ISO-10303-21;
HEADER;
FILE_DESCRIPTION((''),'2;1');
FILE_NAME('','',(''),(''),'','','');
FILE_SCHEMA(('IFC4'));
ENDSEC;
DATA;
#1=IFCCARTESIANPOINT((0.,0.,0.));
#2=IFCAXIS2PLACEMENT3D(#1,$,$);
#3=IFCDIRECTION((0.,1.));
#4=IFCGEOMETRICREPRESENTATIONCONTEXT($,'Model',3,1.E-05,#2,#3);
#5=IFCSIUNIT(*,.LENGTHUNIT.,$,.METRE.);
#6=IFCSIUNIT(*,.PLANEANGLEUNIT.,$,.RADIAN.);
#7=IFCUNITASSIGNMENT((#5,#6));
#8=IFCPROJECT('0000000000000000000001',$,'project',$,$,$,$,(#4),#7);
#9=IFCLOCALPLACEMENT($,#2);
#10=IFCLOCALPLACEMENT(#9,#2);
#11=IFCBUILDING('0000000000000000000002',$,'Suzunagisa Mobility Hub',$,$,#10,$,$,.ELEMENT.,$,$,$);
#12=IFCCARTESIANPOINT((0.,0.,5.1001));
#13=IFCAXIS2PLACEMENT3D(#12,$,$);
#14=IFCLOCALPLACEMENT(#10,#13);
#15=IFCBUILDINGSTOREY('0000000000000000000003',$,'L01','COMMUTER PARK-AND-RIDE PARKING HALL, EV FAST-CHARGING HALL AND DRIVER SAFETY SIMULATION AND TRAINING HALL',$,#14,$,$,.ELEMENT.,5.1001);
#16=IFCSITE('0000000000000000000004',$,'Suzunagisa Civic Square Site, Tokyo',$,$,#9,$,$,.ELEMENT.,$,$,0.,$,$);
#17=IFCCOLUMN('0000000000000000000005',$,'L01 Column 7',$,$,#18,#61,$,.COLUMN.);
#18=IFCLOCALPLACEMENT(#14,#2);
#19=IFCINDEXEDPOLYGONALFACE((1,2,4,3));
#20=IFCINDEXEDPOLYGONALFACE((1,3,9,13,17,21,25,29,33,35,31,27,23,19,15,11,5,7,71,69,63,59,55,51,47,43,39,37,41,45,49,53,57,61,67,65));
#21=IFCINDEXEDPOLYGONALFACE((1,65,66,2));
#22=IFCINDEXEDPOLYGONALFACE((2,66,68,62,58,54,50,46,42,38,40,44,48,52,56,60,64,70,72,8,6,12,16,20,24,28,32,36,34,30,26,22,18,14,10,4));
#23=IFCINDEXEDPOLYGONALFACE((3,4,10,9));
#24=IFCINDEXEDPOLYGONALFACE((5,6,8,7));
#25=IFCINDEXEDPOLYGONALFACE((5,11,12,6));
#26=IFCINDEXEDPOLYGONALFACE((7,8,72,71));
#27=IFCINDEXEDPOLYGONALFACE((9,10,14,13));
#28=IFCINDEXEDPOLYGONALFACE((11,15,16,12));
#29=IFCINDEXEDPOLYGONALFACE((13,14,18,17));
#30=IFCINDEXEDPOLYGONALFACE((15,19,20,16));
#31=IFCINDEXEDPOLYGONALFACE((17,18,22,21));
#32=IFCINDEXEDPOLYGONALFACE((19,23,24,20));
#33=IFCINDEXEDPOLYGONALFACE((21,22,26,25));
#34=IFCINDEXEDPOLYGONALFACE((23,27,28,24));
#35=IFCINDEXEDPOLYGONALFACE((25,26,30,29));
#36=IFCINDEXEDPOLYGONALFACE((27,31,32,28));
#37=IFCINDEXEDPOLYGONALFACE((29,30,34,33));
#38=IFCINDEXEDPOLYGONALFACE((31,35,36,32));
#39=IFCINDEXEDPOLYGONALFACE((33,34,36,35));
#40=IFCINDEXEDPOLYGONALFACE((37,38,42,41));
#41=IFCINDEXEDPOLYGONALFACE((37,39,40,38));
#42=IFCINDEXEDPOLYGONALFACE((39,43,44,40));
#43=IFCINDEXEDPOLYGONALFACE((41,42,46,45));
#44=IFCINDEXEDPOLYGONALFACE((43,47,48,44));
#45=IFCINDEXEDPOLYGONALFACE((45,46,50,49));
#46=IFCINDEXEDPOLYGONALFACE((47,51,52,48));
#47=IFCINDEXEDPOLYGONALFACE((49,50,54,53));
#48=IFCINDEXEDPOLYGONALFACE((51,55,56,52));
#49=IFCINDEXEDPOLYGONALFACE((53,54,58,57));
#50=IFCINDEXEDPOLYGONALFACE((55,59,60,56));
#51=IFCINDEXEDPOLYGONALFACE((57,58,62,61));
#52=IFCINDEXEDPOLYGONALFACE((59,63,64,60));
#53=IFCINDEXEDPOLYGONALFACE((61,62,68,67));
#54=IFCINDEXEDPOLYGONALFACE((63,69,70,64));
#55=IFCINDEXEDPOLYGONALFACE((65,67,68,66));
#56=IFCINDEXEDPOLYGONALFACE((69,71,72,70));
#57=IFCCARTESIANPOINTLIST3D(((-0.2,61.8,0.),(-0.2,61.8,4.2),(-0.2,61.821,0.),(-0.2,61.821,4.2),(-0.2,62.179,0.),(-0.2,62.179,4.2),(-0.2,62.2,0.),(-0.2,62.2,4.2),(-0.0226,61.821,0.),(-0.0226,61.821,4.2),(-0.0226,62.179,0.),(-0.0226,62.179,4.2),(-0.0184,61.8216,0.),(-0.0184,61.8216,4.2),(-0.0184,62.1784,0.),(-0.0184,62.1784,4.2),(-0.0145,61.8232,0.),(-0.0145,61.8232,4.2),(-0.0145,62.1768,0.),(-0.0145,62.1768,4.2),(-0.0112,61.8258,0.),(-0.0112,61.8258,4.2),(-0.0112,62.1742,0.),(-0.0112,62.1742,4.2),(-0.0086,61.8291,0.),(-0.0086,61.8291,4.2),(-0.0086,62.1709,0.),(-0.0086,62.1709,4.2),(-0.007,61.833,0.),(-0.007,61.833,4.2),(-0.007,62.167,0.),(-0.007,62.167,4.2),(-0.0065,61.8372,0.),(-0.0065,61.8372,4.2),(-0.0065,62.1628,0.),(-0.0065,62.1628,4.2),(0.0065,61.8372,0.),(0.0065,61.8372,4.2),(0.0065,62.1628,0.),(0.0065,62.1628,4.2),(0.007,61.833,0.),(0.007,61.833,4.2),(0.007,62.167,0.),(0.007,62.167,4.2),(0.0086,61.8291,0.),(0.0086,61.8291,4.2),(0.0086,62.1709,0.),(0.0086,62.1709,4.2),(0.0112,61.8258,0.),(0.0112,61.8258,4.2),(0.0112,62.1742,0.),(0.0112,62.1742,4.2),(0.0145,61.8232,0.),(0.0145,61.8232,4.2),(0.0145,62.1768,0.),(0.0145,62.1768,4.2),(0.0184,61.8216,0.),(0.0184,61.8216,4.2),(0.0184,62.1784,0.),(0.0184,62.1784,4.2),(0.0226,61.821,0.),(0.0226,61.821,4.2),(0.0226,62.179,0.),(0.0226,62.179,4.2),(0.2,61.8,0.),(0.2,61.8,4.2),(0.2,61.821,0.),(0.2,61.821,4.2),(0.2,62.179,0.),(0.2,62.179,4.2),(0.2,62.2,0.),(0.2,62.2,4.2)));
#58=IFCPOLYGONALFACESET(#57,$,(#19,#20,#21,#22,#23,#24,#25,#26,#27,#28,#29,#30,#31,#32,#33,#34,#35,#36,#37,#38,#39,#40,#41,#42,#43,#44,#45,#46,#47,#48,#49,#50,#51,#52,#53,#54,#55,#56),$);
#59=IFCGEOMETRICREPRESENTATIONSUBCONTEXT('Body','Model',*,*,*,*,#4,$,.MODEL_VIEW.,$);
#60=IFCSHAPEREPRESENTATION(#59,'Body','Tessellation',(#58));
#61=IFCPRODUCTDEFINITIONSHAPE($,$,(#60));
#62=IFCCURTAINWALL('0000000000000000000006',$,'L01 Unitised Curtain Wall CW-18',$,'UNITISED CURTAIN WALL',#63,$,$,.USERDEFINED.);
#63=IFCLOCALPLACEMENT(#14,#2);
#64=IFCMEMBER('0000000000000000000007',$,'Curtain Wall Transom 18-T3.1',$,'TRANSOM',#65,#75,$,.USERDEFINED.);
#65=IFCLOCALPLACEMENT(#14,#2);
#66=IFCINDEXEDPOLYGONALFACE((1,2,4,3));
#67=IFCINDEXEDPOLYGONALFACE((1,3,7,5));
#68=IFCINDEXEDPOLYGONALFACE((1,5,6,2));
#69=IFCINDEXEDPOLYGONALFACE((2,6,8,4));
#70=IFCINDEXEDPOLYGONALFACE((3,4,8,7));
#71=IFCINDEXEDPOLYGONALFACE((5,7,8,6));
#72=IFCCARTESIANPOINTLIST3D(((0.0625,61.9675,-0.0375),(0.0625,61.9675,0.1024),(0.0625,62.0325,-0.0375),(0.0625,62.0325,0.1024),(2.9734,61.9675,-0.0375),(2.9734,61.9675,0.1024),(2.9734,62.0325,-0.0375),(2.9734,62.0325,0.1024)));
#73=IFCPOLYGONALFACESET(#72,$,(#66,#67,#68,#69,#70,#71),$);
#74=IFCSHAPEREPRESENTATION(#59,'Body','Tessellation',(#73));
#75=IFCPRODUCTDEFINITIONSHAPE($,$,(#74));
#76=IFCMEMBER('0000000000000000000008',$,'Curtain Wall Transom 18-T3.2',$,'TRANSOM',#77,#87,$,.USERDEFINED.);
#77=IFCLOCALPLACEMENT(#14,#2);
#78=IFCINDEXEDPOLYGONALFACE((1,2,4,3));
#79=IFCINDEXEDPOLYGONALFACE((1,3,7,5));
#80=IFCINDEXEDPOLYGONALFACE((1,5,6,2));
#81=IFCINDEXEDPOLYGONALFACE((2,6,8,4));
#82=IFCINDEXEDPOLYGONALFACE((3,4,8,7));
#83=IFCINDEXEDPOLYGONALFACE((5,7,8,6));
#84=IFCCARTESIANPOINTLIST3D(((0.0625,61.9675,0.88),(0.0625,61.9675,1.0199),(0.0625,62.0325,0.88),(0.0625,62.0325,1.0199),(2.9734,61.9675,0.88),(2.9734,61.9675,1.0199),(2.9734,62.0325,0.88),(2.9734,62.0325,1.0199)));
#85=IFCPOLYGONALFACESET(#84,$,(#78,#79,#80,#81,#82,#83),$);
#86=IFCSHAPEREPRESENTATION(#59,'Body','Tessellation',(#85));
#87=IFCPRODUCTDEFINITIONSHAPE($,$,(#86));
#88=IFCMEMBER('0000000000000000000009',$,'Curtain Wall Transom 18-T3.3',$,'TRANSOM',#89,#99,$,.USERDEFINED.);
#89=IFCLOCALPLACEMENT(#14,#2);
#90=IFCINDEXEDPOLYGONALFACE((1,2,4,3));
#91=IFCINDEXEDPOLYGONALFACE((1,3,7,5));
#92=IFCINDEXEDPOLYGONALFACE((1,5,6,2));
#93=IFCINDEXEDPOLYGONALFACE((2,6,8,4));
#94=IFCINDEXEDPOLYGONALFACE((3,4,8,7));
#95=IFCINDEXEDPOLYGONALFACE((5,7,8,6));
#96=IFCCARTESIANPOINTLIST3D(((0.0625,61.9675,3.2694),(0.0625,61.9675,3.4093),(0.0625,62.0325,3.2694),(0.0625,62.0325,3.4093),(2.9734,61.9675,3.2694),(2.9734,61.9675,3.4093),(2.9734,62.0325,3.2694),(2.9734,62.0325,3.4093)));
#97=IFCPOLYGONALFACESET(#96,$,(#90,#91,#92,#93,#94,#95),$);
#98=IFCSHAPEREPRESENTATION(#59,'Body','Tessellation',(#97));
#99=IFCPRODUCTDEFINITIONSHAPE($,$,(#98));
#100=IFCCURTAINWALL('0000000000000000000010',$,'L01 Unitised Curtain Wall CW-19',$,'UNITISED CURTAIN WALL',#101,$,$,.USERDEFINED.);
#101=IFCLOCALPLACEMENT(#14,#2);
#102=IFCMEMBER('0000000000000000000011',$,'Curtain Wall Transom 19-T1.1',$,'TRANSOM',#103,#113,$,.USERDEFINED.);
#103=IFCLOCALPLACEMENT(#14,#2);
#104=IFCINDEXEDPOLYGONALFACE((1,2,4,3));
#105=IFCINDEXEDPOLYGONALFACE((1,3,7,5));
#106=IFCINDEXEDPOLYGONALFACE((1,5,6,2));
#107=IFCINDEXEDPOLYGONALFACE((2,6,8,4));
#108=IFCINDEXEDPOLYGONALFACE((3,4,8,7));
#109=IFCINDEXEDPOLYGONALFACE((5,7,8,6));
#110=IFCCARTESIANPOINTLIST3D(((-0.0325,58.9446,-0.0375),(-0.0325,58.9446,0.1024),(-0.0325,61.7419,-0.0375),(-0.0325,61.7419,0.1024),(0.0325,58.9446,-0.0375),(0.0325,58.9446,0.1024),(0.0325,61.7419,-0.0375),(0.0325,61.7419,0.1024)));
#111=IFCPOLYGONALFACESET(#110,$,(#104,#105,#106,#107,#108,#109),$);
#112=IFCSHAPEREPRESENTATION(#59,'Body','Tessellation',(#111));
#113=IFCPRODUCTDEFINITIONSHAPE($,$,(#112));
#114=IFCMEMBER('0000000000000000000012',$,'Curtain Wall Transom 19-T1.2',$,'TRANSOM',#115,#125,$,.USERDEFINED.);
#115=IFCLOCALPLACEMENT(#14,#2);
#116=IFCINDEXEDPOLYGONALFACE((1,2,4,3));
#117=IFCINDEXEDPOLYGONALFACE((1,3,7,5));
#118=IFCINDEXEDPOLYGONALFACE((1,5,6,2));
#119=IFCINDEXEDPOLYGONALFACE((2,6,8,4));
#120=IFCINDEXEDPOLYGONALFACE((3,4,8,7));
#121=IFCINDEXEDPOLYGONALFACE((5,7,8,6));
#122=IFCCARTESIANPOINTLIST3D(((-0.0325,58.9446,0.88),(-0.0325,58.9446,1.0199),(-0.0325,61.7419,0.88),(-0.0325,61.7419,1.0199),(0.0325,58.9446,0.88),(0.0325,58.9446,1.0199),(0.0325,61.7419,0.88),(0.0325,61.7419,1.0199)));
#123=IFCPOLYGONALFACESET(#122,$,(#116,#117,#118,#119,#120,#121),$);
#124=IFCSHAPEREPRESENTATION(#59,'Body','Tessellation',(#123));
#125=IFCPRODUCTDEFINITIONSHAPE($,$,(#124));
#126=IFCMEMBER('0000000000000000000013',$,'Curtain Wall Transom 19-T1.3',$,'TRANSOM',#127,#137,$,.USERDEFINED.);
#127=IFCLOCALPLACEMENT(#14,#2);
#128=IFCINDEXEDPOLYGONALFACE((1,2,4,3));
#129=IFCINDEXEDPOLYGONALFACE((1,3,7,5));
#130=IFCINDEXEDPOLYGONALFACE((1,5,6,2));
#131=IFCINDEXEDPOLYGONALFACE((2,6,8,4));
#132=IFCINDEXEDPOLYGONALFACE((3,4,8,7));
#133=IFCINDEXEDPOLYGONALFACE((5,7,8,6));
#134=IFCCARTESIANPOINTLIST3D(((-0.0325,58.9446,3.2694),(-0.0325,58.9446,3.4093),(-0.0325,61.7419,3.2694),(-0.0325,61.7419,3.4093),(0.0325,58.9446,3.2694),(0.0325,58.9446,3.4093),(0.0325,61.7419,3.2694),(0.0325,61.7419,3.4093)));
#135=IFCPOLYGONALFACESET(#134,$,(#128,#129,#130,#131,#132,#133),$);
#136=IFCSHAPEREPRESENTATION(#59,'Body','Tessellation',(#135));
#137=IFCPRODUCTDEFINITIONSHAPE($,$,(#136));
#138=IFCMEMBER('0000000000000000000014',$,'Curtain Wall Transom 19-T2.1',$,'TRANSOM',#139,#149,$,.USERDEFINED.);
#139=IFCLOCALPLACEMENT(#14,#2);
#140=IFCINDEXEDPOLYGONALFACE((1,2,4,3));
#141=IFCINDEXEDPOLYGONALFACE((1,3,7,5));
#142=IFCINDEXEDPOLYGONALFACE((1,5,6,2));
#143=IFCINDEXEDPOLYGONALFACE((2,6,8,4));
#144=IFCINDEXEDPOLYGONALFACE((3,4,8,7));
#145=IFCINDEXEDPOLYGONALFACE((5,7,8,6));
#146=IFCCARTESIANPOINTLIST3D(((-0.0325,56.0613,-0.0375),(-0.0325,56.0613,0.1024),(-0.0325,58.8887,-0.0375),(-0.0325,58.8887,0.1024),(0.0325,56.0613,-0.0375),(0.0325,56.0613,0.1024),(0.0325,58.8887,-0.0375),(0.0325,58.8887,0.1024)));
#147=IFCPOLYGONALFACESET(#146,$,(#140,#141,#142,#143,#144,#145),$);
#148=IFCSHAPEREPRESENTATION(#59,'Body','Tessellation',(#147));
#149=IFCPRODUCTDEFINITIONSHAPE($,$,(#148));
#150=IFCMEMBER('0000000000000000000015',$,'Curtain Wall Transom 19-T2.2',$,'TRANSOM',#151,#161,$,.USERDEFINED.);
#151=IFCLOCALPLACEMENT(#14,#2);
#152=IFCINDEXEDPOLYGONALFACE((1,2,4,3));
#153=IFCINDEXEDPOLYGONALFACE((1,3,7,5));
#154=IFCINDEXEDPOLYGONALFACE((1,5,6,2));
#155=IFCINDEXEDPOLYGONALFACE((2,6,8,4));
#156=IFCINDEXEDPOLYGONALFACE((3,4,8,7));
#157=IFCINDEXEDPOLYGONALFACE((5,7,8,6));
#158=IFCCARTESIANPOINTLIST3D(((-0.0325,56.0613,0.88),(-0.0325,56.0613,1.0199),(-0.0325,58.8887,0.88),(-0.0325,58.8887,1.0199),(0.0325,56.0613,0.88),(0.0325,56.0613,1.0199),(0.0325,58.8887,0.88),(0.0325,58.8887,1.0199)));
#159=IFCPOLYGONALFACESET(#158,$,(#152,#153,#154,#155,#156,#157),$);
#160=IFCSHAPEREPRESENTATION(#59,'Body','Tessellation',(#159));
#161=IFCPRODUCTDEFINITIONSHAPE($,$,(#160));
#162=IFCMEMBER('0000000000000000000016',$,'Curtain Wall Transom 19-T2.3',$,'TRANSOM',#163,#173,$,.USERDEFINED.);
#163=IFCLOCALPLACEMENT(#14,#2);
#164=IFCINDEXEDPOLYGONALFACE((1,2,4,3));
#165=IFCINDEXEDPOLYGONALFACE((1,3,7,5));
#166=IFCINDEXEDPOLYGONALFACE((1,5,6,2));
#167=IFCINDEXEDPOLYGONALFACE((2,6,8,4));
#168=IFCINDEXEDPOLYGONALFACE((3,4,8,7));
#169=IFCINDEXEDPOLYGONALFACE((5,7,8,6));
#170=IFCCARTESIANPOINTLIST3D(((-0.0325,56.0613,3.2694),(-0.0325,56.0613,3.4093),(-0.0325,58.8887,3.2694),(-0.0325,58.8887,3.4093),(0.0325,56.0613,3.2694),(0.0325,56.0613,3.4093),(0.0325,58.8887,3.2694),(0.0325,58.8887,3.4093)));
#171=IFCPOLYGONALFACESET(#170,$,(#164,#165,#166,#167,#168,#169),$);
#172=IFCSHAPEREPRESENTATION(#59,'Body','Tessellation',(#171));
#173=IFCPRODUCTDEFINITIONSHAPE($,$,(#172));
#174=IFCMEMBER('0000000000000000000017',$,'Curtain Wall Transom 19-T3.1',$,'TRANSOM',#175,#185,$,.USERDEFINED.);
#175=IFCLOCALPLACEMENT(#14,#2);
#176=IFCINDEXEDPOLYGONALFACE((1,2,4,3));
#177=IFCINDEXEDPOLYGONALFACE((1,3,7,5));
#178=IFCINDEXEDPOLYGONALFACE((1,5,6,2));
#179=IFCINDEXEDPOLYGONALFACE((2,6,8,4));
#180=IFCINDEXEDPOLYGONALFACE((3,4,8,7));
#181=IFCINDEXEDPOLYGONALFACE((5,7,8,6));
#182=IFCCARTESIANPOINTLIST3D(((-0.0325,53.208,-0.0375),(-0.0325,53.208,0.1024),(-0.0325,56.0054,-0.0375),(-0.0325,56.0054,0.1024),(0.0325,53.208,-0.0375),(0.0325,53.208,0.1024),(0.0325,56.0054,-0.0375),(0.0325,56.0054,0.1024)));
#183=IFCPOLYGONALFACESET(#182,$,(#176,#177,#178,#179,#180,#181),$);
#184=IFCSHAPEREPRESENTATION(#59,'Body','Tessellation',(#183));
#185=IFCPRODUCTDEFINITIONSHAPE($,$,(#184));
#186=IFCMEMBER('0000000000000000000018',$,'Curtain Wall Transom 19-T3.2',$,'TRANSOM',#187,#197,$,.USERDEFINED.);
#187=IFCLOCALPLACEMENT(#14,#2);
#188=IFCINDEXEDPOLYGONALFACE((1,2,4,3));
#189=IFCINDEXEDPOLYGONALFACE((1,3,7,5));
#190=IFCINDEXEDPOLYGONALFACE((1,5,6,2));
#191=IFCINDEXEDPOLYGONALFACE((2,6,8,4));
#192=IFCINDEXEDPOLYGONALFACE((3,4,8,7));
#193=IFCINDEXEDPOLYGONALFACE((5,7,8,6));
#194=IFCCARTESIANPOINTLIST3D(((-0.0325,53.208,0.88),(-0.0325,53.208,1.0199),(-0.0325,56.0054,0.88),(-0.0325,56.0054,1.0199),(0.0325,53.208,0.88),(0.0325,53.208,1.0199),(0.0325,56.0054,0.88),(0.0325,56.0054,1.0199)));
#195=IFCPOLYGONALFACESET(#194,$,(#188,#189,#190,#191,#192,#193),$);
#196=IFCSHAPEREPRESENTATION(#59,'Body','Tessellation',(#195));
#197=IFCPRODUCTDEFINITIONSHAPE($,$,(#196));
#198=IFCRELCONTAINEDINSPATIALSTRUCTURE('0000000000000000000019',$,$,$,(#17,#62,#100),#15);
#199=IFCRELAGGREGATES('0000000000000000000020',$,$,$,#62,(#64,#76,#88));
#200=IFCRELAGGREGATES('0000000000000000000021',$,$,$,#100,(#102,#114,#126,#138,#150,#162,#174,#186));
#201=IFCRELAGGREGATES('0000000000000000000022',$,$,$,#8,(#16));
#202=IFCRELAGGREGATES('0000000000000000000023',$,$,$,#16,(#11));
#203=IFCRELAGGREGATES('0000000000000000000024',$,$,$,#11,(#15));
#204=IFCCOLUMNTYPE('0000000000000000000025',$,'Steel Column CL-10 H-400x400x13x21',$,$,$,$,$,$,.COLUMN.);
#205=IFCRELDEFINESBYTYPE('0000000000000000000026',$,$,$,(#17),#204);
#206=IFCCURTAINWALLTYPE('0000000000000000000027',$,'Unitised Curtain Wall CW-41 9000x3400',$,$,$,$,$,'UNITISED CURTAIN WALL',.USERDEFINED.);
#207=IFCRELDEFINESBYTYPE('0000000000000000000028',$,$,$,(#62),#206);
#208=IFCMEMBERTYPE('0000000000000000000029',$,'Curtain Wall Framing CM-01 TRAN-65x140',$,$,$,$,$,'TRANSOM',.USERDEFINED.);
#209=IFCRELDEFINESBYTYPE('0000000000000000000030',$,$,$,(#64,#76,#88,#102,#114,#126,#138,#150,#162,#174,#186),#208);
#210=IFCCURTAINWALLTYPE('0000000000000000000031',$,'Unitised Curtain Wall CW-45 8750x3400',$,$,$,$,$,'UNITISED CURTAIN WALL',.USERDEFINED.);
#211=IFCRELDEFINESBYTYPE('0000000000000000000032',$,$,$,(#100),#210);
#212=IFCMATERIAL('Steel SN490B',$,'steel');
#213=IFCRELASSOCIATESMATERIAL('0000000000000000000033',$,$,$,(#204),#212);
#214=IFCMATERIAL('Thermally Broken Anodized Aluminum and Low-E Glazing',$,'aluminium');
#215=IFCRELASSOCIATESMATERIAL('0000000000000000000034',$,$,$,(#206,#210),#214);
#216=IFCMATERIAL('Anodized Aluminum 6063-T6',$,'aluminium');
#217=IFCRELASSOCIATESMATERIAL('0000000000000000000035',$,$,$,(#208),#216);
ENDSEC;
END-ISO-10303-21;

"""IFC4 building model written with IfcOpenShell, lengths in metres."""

from ifc_helpers import new_model, si_unit, direction, frame, origin, origin_2d, place, context, subcontext, project, spatial, rectangle, i_section, extrude, material, material_profile, profile_set, type_object, element, aggregate, save


model = new_model("IFC4")

# Units and contexts
model_context = context("Model", 3, precision=1e-05, world=origin(), true_north=direction((0.0, 1.0)))
body_context = subcontext(model_context, "Body", "Model", "MODEL_VIEW")
ifc_project = project(units=[si_unit("LENGTHUNIT", "METRE"), si_unit("PLANEANGLEUNIT", "RADIAN")], contexts=[model_context])

# Site, building, storey
site_placement = place(None, origin())
site = spatial("IfcSite", under=ifc_project, at=site_placement, Name="Suzunagisa Civic Square Site, Tokyo", CompositionType="ELEMENT", RefElevation=0.0)
building_placement = place(site_placement, origin())
building = spatial("IfcBuilding", under=site, at=building_placement, Name="Suzunagisa Mobility Hub", CompositionType="ELEMENT")
storey_placement = place(building_placement, frame((0.0, 0.0, 5.1001)))
storey = spatial("IfcBuildingStorey", under=building, at=storey_placement, Name="L01", Description="COMMUTER PARK-AND-RIDE PARKING HALL, EV FAST-CHARGING HALL AND DRIVER SAFETY SIMULATION AND TRAINING HALL", CompositionType="ELEMENT", Elevation=5.1001)

# Column
ifc_material_1 = material(Name="Steel SN490B", Category="steel")
ifc_material_profile_1 = material_profile(ifc_material_1, i_section(OverallWidth=0.3999, OverallDepth=0.3999, WebThickness=0.0129, FlangeThickness=0.021, FilletRadius=0.0161, at=origin_2d()), Name="H-400x400x13x21")
ifc_profile_set_1 = profile_set([ifc_material_profile_1], Name="Steel SN490B")
column_type = type_object("IfcColumnType", Name="Steel Column CL-10 H-400x400x13x21", PredefinedType="COLUMN", material=ifc_profile_set_1)
column_placement = place(storey_placement, frame((0.0, 62.0, 0.0), z_axis=(0.0, 0.0, 1.0), x_axis=(1.0, 0.0, 0.0)))
element("IfcColumn", 1, at=column_placement, inside=storey, type_object=column_type, Name="L01 Column 7", PredefinedType="COLUMN", context=body_context, shape_type="SweptSolid", body=[
    extrude(i_section(OverallWidth=0.3999, OverallDepth=0.3999, WebThickness=0.0129, FlangeThickness=0.021, FilletRadius=0.0161, at=origin_2d()), origin(), (0.0, 0.0, 1.0), 4.2),
])

# Curtain walls, members
ifc_material_2 = material(Name="Thermally Broken Anodized Aluminum and Low-E Glazing", Category="aluminium")
curtain_wall_type_1 = type_object("IfcCurtainWallType", Name="Unitised Curtain Wall CW-41 9000x3400", ElementType="UNITISED CURTAIN WALL", PredefinedType="USERDEFINED", material=ifc_material_2)
curtain_wall_1_placement = place(storey_placement, origin())
curtain_wall_1 = element("IfcCurtainWall", 2, at=curtain_wall_1_placement, inside=storey, type_object=curtain_wall_type_1, Name="L01 Unitised Curtain Wall CW-18", ObjectType="UNITISED CURTAIN WALL", PredefinedType="USERDEFINED")
ifc_material_3 = material(Name="Anodized Aluminum 6063-T6", Category="aluminium")
ifc_material_profile_2 = material_profile(ifc_material_3, rectangle(XDim=0.0649, YDim=0.1399, at=origin_2d()), Name="TRAN-65x140")
ifc_profile_set_2 = profile_set([ifc_material_profile_2], Name="Anodized Aluminum 6063-T6")
member_type_1 = type_object("IfcMemberType", Name="Curtain Wall Framing CM-01 TRAN-65x140", ElementType="TRANSOM", PredefinedType="USERDEFINED", material=ifc_profile_set_2)
member_1_placement = place(storey_placement, frame((2.9734, 62.0, 0.0325), z_axis=(-1.0, 0.0, 0.0), x_axis=(0.0, -1.0, 0.0)))
member_1 = element("IfcMember", 3, at=member_1_placement, type_object=member_type_1, Name="Curtain Wall Transom 18-T3.1", ObjectType="TRANSOM", PredefinedType="USERDEFINED", context=body_context, shape_type="SweptSolid", body=[
    extrude(rectangle(XDim=0.0649, YDim=0.1399, at=origin_2d()), origin(), (0.0, 0.0, 1.0), 2.9109),
])
member_2_placement = place(storey_placement, frame((2.9734, 62.0, 0.95), z_axis=(-1.0, 0.0, 0.0), x_axis=(0.0, -1.0, 0.0)))
member_2 = element("IfcMember", 4, at=member_2_placement, type_object=member_type_1, Name="Curtain Wall Transom 18-T3.2", ObjectType="TRANSOM", PredefinedType="USERDEFINED", context=body_context, shape_type="SweptSolid", body=[
    extrude(rectangle(XDim=0.0649, YDim=0.1399, at=origin_2d()), origin(), (0.0, 0.0, 1.0), 2.9109),
])
member_3_placement = place(storey_placement, frame((2.9734, 62.0, 3.3394), z_axis=(-1.0, 0.0, 0.0), x_axis=(0.0, -1.0, 0.0)))
member_3 = element("IfcMember", 5, at=member_3_placement, type_object=member_type_1, Name="Curtain Wall Transom 18-T3.3", ObjectType="TRANSOM", PredefinedType="USERDEFINED", context=body_context, shape_type="SweptSolid", body=[
    extrude(rectangle(XDim=0.0649, YDim=0.1399, at=origin_2d()), origin(), (0.0, 0.0, 1.0), 2.9109),
])
curtain_wall_type_2 = type_object("IfcCurtainWallType", Name="Unitised Curtain Wall CW-45 8750x3400", ElementType="UNITISED CURTAIN WALL", PredefinedType="USERDEFINED", material=ifc_material_2)
curtain_wall_2_placement = place(storey_placement, origin())
curtain_wall_2 = element("IfcCurtainWall", 6, at=curtain_wall_2_placement, inside=storey, type_object=curtain_wall_type_2, Name="L01 Unitised Curtain Wall CW-19", ObjectType="UNITISED CURTAIN WALL", PredefinedType="USERDEFINED")
member_4_placement = place(storey_placement, frame((0.0, 61.7419, 0.0325), z_axis=(0.0, -1.0, 0.0), x_axis=(1.0, 0.0, 0.0)))
member_4 = element("IfcMember", 7, at=member_4_placement, type_object=member_type_1, Name="Curtain Wall Transom 19-T1.1", ObjectType="TRANSOM", PredefinedType="USERDEFINED", context=body_context, shape_type="SweptSolid", body=[
    extrude(rectangle(XDim=0.0649, YDim=0.1399, at=origin_2d()), origin(), (0.0, 0.0, 1.0), 2.7974),
])
member_5_placement = place(storey_placement, frame((0.0, 61.7419, 0.95), z_axis=(0.0, -1.0, 0.0), x_axis=(1.0, 0.0, 0.0)))
member_5 = element("IfcMember", 8, at=member_5_placement, type_object=member_type_1, Name="Curtain Wall Transom 19-T1.2", ObjectType="TRANSOM", PredefinedType="USERDEFINED", context=body_context, shape_type="SweptSolid", body=[
    extrude(rectangle(XDim=0.0649, YDim=0.1399, at=origin_2d()), origin(), (0.0, 0.0, 1.0), 2.7974),
])
member_6_placement = place(storey_placement, frame((0.0, 61.7419, 3.3394), z_axis=(0.0, -1.0, 0.0), x_axis=(1.0, 0.0, 0.0)))
member_6 = element("IfcMember", 9, at=member_6_placement, type_object=member_type_1, Name="Curtain Wall Transom 19-T1.3", ObjectType="TRANSOM", PredefinedType="USERDEFINED", context=body_context, shape_type="SweptSolid", body=[
    extrude(rectangle(XDim=0.0649, YDim=0.1399, at=origin_2d()), origin(), (0.0, 0.0, 1.0), 2.7974),
])
member_7_placement = place(storey_placement, frame((0.0, 58.8887, 0.0325), z_axis=(0.0, -1.0, 0.0), x_axis=(1.0, 0.0, 0.0)))
member_7 = element("IfcMember", 10, at=member_7_placement, type_object=member_type_1, Name="Curtain Wall Transom 19-T2.1", ObjectType="TRANSOM", PredefinedType="USERDEFINED", context=body_context, shape_type="SweptSolid", body=[
    extrude(rectangle(XDim=0.0649, YDim=0.1399, at=origin_2d()), origin(), (0.0, 0.0, 1.0), 2.8274),
])
member_8_placement = place(storey_placement, frame((0.0, 58.8887, 0.95), z_axis=(0.0, -1.0, 0.0), x_axis=(1.0, 0.0, 0.0)))
member_8 = element("IfcMember", 11, at=member_8_placement, type_object=member_type_1, Name="Curtain Wall Transom 19-T2.2", ObjectType="TRANSOM", PredefinedType="USERDEFINED", context=body_context, shape_type="SweptSolid", body=[
    extrude(rectangle(XDim=0.0649, YDim=0.1399, at=origin_2d()), origin(), (0.0, 0.0, 1.0), 2.8274),
])
member_9_placement = place(storey_placement, frame((0.0, 58.8887, 3.3394), z_axis=(0.0, -1.0, 0.0), x_axis=(1.0, 0.0, 0.0)))
member_9 = element("IfcMember", 12, at=member_9_placement, type_object=member_type_1, Name="Curtain Wall Transom 19-T2.3", ObjectType="TRANSOM", PredefinedType="USERDEFINED", context=body_context, shape_type="SweptSolid", body=[
    extrude(rectangle(XDim=0.0649, YDim=0.1399, at=origin_2d()), origin(), (0.0, 0.0, 1.0), 2.8274),
])
member_10_placement = place(storey_placement, frame((0.0, 56.0054, 0.0325), z_axis=(0.0, -1.0, 0.0), x_axis=(1.0, 0.0, 0.0)))
member_10 = element("IfcMember", 13, at=member_10_placement, type_object=member_type_1, Name="Curtain Wall Transom 19-T3.1", ObjectType="TRANSOM", PredefinedType="USERDEFINED", context=body_context, shape_type="SweptSolid", body=[
    extrude(rectangle(XDim=0.0649, YDim=0.1399, at=origin_2d()), origin(), (0.0, 0.0, 1.0), 2.7974),
])
member_11_placement = place(storey_placement, frame((0.0, 56.0054, 0.95), z_axis=(0.0, -1.0, 0.0), x_axis=(1.0, 0.0, 0.0)))
member_11 = element("IfcMember", 14, at=member_11_placement, type_object=member_type_1, Name="Curtain Wall Transom 19-T3.2", ObjectType="TRANSOM", PredefinedType="USERDEFINED", context=body_context, shape_type="SweptSolid", body=[
    extrude(rectangle(XDim=0.0649, YDim=0.1399, at=origin_2d()), origin(), (0.0, 0.0, 1.0), 2.7974),
])

aggregate(curtain_wall_1, [member_1, member_2, member_3])
aggregate(curtain_wall_2, [member_4, member_5, member_6, member_7, member_8, member_9, member_10, member_11])

save(model, "model.ifc")
